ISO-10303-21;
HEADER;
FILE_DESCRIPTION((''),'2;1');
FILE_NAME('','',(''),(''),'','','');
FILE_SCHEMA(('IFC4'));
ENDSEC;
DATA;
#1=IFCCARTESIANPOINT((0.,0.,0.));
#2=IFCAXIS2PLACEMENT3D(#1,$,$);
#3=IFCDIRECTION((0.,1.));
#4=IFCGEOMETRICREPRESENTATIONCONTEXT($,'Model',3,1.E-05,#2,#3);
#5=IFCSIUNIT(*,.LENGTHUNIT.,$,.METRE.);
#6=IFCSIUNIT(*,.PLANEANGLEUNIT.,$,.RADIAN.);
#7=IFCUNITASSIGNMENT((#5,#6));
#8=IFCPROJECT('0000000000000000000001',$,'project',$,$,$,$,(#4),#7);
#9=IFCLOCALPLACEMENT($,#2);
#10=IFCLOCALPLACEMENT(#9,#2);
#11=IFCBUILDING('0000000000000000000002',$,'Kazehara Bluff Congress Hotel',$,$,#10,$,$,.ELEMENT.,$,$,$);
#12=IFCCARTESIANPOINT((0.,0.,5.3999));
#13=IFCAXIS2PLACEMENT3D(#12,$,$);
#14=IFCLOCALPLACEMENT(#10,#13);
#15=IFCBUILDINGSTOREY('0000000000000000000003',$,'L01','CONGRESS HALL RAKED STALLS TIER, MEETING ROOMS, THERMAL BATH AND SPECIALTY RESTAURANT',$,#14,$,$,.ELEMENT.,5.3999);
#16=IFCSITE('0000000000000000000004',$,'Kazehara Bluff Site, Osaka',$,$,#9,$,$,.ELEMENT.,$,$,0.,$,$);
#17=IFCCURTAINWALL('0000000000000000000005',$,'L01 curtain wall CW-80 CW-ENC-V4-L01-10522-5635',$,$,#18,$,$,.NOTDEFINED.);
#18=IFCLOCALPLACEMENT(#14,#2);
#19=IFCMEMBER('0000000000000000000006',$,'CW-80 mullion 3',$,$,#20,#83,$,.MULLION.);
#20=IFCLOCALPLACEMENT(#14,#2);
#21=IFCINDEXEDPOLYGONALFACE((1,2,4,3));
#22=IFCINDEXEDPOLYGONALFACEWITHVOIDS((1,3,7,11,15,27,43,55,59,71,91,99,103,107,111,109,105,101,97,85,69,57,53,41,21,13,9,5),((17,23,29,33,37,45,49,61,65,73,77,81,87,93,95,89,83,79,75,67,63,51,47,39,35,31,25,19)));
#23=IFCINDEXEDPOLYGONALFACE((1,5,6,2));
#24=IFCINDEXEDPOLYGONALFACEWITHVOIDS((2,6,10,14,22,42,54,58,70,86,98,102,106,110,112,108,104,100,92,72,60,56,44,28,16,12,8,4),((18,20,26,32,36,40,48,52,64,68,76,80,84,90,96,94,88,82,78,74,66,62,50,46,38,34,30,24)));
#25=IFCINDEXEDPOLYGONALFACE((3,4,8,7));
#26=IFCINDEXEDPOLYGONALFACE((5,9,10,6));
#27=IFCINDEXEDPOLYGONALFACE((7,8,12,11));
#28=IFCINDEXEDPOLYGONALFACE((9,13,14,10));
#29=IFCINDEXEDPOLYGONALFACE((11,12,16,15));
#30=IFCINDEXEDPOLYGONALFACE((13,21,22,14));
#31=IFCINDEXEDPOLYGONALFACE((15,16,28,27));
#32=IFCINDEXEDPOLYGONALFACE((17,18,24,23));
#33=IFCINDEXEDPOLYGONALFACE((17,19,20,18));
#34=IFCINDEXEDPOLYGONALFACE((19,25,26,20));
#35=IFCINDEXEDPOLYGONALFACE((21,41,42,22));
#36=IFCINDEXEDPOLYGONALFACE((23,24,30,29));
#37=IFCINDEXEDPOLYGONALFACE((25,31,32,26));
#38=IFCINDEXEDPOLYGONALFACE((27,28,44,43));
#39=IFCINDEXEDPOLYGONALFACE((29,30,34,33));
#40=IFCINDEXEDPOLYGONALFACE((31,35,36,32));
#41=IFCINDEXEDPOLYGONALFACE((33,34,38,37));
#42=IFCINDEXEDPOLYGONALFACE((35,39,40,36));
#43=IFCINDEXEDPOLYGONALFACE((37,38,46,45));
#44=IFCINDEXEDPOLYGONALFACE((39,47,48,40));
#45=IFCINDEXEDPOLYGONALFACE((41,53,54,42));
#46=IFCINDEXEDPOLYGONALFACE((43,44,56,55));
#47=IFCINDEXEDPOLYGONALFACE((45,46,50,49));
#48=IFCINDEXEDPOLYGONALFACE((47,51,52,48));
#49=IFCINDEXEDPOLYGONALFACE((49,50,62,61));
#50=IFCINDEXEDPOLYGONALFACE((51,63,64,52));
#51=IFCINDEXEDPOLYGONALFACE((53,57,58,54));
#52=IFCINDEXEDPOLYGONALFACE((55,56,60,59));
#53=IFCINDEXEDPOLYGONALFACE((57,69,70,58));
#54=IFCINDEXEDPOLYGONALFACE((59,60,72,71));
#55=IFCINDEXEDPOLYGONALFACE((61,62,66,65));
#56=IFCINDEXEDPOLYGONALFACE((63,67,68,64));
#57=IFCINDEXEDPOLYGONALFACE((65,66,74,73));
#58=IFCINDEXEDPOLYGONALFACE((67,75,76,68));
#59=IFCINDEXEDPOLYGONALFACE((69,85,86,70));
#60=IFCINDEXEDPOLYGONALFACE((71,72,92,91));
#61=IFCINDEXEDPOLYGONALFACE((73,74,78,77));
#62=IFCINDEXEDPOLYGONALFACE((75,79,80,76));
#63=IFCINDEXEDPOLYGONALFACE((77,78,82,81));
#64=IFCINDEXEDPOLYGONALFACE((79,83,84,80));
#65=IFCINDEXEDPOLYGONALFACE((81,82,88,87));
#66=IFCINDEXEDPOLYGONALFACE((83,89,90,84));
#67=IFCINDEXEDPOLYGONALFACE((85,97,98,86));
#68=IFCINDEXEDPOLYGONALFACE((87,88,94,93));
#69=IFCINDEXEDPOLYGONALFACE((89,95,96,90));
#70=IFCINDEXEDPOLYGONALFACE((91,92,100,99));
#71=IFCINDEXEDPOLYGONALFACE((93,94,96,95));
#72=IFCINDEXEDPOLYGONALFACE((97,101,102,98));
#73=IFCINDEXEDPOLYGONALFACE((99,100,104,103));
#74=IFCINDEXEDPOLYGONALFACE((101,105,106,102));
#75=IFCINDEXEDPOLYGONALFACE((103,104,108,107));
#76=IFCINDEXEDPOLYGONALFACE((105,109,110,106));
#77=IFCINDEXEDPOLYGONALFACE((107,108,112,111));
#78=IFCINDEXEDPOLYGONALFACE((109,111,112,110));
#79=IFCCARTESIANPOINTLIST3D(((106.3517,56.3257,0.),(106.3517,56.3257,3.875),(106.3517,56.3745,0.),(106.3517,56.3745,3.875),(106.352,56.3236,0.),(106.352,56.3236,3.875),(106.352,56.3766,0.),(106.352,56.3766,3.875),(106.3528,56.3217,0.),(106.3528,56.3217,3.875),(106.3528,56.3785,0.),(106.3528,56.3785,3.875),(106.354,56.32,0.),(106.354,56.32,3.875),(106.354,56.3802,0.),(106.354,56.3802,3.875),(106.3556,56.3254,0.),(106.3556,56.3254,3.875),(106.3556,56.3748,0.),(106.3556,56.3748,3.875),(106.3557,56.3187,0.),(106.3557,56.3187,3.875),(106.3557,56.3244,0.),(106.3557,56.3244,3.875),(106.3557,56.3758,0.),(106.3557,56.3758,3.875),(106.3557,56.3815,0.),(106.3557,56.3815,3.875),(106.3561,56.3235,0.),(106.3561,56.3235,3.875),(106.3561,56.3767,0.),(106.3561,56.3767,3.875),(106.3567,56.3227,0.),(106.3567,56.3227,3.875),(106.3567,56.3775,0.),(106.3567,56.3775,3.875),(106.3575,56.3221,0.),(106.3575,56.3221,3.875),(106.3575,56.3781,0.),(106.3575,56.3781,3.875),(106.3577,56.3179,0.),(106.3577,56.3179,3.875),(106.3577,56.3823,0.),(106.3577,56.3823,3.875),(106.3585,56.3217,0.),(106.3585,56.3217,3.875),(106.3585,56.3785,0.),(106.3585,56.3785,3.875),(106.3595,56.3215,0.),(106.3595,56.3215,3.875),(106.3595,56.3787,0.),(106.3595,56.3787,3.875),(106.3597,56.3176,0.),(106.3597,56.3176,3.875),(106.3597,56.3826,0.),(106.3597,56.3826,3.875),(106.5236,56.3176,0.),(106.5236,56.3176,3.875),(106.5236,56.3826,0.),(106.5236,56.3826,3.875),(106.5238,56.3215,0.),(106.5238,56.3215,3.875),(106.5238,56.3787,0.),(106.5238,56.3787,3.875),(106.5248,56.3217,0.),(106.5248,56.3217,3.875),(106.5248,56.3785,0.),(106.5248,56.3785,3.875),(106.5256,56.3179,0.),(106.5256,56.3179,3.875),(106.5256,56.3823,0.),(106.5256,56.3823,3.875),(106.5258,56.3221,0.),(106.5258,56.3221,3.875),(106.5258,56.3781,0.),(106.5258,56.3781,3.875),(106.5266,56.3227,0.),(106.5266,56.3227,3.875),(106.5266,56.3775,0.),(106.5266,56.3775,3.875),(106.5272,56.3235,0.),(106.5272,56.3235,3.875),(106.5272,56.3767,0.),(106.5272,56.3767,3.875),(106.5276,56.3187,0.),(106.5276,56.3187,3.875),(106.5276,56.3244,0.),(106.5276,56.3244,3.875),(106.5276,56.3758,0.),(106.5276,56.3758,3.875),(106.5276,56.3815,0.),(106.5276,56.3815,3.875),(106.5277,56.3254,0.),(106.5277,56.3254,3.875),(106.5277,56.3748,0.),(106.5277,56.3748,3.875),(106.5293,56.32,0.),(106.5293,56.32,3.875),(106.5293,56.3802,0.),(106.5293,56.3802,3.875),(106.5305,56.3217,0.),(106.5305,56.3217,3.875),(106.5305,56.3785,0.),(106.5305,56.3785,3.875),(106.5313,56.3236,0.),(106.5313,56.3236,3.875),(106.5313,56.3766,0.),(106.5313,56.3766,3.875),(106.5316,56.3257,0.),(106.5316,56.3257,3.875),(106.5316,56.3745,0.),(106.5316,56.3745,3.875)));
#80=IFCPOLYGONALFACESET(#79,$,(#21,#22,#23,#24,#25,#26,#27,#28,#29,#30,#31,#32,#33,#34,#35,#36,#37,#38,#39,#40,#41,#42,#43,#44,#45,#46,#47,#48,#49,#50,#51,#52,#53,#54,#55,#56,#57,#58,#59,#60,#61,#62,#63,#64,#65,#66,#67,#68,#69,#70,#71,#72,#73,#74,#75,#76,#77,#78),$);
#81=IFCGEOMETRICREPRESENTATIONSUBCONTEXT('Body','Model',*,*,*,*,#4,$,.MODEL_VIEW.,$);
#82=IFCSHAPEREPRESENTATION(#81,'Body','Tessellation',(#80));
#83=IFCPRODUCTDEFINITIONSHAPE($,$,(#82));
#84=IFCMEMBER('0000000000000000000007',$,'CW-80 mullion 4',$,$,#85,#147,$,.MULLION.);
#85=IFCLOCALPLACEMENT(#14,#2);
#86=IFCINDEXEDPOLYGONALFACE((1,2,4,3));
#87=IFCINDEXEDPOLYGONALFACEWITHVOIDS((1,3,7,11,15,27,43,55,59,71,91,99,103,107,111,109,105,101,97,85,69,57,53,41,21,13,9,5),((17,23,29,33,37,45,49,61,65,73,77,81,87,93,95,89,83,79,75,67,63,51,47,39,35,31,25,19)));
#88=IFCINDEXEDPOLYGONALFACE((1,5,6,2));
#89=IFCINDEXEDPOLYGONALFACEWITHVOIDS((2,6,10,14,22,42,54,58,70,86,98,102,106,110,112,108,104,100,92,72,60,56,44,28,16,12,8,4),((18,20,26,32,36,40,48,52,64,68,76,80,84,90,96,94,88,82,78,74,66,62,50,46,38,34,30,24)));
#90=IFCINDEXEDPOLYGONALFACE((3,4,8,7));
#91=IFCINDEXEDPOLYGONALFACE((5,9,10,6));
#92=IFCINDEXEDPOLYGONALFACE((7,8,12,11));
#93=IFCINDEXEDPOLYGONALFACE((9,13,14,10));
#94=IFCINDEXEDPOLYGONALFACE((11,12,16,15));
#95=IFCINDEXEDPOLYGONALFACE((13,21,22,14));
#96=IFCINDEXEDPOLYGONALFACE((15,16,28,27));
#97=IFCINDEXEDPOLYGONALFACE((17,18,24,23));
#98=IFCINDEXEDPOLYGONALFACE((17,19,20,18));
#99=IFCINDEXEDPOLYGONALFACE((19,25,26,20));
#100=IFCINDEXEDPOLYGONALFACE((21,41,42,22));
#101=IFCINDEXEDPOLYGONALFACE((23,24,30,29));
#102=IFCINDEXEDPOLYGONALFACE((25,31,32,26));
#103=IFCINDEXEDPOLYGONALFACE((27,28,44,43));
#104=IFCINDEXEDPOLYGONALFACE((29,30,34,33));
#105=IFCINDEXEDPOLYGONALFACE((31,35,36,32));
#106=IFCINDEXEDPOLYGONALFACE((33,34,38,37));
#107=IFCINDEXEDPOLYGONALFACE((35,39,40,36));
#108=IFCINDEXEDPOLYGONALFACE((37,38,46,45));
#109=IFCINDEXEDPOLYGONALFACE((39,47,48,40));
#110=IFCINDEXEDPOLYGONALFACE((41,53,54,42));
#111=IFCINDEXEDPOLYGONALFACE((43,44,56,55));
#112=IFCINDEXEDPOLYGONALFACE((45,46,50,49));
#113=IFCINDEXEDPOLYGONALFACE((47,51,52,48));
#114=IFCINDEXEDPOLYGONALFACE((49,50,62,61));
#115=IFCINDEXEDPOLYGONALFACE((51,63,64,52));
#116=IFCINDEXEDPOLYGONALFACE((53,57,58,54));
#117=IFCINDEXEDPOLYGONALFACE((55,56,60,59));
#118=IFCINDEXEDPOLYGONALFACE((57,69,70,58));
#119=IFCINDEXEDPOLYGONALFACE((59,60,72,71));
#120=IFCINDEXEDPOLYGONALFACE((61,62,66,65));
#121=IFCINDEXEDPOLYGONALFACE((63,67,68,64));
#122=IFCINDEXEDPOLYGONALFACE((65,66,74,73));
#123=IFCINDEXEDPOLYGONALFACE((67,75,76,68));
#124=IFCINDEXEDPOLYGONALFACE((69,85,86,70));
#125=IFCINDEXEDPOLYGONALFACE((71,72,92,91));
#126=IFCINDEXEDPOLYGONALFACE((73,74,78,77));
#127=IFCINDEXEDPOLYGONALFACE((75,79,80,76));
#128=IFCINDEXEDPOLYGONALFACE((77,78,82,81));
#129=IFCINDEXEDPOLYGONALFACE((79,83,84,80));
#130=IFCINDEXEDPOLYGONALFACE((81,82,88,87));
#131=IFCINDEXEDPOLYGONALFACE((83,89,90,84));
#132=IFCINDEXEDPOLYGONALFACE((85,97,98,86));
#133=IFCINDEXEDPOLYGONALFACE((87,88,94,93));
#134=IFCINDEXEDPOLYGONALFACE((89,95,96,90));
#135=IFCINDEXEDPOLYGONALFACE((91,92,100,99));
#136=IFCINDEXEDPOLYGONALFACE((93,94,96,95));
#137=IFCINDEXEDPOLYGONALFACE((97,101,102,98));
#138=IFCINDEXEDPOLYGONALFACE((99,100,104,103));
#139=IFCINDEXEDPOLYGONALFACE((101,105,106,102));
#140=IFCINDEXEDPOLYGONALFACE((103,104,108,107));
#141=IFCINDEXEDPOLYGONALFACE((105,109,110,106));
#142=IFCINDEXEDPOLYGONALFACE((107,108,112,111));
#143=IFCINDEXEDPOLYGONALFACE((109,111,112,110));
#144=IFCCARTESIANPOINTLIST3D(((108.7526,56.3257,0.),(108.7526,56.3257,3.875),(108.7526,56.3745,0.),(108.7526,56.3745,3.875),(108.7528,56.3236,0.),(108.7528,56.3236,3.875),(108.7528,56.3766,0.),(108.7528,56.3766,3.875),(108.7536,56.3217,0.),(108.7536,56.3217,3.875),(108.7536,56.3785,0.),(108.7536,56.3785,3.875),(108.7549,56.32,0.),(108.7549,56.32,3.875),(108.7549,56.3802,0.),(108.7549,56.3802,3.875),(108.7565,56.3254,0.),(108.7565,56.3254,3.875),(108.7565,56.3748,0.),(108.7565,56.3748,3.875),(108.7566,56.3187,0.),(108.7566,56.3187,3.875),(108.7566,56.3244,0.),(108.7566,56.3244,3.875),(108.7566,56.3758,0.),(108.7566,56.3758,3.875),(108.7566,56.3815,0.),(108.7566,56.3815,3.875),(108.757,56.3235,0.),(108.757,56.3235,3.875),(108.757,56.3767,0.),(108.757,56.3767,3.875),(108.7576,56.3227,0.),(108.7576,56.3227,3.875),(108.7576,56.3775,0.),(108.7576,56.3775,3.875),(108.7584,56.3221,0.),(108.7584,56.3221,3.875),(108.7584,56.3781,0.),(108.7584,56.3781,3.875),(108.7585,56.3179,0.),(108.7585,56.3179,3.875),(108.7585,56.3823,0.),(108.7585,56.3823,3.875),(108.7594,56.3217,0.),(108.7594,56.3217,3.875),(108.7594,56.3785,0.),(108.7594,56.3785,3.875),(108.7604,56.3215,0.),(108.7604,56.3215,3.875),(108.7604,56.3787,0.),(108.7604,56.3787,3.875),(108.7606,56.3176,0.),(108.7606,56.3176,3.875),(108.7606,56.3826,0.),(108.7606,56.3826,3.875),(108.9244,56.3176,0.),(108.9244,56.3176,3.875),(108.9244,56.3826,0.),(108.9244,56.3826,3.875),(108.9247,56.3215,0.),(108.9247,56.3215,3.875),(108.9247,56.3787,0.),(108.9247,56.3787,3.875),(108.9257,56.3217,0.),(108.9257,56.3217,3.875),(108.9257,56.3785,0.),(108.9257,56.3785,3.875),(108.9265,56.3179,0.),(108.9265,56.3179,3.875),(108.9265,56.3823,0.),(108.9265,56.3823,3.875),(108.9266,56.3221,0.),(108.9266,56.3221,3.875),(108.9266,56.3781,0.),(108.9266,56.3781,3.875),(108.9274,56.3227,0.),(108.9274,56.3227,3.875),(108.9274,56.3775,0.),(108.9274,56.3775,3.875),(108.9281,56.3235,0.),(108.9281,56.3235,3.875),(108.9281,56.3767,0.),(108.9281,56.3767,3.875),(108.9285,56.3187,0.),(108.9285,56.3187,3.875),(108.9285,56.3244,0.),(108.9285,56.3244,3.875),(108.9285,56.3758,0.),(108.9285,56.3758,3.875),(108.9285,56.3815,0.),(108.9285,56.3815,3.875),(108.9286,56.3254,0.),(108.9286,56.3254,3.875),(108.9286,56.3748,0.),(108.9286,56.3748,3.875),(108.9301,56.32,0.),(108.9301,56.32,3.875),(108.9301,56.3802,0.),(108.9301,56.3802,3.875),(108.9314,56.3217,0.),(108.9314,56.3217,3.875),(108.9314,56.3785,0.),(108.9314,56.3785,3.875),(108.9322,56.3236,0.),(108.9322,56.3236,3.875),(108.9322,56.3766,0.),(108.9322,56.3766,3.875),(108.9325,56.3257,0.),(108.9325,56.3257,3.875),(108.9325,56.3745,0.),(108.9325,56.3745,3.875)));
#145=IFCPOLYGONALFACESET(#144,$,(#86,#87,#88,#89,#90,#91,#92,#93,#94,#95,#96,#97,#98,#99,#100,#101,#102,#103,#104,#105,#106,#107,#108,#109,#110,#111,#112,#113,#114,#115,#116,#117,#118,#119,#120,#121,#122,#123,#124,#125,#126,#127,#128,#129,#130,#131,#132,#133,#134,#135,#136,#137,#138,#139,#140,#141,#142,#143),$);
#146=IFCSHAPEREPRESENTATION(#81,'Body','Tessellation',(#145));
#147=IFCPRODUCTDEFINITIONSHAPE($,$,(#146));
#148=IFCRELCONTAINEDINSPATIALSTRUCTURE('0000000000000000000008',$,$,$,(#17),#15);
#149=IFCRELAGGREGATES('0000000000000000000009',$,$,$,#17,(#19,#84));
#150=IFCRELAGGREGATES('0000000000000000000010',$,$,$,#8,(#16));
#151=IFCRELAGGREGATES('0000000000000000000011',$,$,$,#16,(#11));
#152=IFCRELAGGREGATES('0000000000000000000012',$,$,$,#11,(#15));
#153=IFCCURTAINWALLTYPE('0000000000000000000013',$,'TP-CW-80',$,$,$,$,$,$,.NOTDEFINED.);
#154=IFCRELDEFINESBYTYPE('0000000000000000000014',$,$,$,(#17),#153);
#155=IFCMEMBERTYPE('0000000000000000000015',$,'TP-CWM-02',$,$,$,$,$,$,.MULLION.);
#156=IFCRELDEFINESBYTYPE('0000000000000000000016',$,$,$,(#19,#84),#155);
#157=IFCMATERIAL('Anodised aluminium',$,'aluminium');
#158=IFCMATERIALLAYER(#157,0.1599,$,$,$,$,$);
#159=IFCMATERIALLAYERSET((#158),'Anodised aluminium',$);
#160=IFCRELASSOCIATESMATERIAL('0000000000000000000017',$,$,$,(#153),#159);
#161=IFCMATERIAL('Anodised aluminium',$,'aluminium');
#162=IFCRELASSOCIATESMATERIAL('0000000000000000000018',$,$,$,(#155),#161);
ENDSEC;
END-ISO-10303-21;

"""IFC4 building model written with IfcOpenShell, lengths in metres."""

from ifc_helpers import new_model, si_unit, direction, frame, origin, origin_2d, place, context, subcontext, project, spatial, hollow_rectangle, extrude, material, layer, layer_set, material_profile, profile_set, type_object, element, aggregate, save


model = new_model("IFC4")

# Units and contexts
model_context = context("Model", 3, precision=1e-05, world=origin(), true_north=direction((0.0, 1.0)))
body_context = subcontext(model_context, "Body", "Model", "MODEL_VIEW")
ifc_project = project(units=[si_unit("LENGTHUNIT", "METRE"), si_unit("PLANEANGLEUNIT", "RADIAN")], contexts=[model_context])

# Site, building, storey
site_placement = place(None, origin())
site = spatial("IfcSite", under=ifc_project, at=site_placement, Name="Kazehara Bluff Site, Osaka", CompositionType="ELEMENT", RefElevation=0.0)
building_placement = place(site_placement, origin())
building = spatial("IfcBuilding", under=site, at=building_placement, Name="Kazehara Bluff Congress Hotel", CompositionType="ELEMENT")
storey_placement = place(building_placement, frame((0.0, 0.0, 5.3999)))
storey = spatial("IfcBuildingStorey", under=building, at=storey_placement, Name="L01", Description="CONGRESS HALL RAKED STALLS TIER, MEETING ROOMS, THERMAL BATH AND SPECIALTY RESTAURANT", CompositionType="ELEMENT", Elevation=5.3999)

# Curtain wall, members
ifc_material_1 = material(Name="Anodised aluminium", Category="aluminium")
ifc_layer_1 = layer(ifc_material_1, 0.1599)
ifc_layer_set_1 = layer_set([ifc_layer_1], Name="Anodised aluminium")
curtain_wall_type_1 = type_object("IfcCurtainWallType", Name="TP-CW-80", PredefinedType="NOTDEFINED", material=ifc_layer_set_1)
curtain_wall_1_placement = place(storey_placement, origin())
curtain_wall_1 = element("IfcCurtainWall", 1, at=curtain_wall_1_placement, inside=storey, type_object=curtain_wall_type_1, Name="L01 curtain wall CW-80 CW-ENC-V4-L01-10522-5635", PredefinedType="NOTDEFINED")
ifc_material_2 = material(Name="Anodised aluminium", Category="aluminium")
ifc_material_profile_1 = material_profile(ifc_material_2, hollow_rectangle(XDim=0.0649, YDim=0.1799, WallThickness=0.0039, InnerFilletRadius=0.0039, OuterFilletRadius=0.0081, at=origin_2d()))
ifc_profile_set_1 = profile_set([ifc_material_profile_1], Name="Anodised aluminium")
member_type_1 = type_object("IfcMemberType", Name="TP-CWM-02", PredefinedType="MULLION", material=ifc_profile_set_1)
member_1_placement = place(storey_placement, frame((106.4417, 56.3501, 0.0), z_axis=(0.0, 0.0, 1.0), x_axis=(0.0, 1.0, 0.0)))
member_1 = element("IfcMember", 2, at=member_1_placement, type_object=member_type_1, Name="CW-80 mullion 3", PredefinedType="MULLION", context=body_context, shape_type="SweptSolid", body=[
    extrude(hollow_rectangle(XDim=0.0649, YDim=0.1799, WallThickness=0.0039, InnerFilletRadius=0.0039, OuterFilletRadius=0.0081, at=origin_2d()), origin(), (0.0, 0.0, 1.0), 3.875),
])
member_2_placement = place(storey_placement, frame((108.8425, 56.3501, 0.0), z_axis=(0.0, 0.0, 1.0), x_axis=(0.0, 1.0, 0.0)))
member_2 = element("IfcMember", 3, at=member_2_placement, type_object=member_type_1, Name="CW-80 mullion 4", PredefinedType="MULLION", context=body_context, shape_type="SweptSolid", body=[
    extrude(hollow_rectangle(XDim=0.0649, YDim=0.1799, WallThickness=0.0039, InnerFilletRadius=0.0039, OuterFilletRadius=0.0081, at=origin_2d()), origin(), (0.0, 0.0, 1.0), 3.875),
])

aggregate(curtain_wall_1, [member_1, member_2])

save(model, "model.ifc")
